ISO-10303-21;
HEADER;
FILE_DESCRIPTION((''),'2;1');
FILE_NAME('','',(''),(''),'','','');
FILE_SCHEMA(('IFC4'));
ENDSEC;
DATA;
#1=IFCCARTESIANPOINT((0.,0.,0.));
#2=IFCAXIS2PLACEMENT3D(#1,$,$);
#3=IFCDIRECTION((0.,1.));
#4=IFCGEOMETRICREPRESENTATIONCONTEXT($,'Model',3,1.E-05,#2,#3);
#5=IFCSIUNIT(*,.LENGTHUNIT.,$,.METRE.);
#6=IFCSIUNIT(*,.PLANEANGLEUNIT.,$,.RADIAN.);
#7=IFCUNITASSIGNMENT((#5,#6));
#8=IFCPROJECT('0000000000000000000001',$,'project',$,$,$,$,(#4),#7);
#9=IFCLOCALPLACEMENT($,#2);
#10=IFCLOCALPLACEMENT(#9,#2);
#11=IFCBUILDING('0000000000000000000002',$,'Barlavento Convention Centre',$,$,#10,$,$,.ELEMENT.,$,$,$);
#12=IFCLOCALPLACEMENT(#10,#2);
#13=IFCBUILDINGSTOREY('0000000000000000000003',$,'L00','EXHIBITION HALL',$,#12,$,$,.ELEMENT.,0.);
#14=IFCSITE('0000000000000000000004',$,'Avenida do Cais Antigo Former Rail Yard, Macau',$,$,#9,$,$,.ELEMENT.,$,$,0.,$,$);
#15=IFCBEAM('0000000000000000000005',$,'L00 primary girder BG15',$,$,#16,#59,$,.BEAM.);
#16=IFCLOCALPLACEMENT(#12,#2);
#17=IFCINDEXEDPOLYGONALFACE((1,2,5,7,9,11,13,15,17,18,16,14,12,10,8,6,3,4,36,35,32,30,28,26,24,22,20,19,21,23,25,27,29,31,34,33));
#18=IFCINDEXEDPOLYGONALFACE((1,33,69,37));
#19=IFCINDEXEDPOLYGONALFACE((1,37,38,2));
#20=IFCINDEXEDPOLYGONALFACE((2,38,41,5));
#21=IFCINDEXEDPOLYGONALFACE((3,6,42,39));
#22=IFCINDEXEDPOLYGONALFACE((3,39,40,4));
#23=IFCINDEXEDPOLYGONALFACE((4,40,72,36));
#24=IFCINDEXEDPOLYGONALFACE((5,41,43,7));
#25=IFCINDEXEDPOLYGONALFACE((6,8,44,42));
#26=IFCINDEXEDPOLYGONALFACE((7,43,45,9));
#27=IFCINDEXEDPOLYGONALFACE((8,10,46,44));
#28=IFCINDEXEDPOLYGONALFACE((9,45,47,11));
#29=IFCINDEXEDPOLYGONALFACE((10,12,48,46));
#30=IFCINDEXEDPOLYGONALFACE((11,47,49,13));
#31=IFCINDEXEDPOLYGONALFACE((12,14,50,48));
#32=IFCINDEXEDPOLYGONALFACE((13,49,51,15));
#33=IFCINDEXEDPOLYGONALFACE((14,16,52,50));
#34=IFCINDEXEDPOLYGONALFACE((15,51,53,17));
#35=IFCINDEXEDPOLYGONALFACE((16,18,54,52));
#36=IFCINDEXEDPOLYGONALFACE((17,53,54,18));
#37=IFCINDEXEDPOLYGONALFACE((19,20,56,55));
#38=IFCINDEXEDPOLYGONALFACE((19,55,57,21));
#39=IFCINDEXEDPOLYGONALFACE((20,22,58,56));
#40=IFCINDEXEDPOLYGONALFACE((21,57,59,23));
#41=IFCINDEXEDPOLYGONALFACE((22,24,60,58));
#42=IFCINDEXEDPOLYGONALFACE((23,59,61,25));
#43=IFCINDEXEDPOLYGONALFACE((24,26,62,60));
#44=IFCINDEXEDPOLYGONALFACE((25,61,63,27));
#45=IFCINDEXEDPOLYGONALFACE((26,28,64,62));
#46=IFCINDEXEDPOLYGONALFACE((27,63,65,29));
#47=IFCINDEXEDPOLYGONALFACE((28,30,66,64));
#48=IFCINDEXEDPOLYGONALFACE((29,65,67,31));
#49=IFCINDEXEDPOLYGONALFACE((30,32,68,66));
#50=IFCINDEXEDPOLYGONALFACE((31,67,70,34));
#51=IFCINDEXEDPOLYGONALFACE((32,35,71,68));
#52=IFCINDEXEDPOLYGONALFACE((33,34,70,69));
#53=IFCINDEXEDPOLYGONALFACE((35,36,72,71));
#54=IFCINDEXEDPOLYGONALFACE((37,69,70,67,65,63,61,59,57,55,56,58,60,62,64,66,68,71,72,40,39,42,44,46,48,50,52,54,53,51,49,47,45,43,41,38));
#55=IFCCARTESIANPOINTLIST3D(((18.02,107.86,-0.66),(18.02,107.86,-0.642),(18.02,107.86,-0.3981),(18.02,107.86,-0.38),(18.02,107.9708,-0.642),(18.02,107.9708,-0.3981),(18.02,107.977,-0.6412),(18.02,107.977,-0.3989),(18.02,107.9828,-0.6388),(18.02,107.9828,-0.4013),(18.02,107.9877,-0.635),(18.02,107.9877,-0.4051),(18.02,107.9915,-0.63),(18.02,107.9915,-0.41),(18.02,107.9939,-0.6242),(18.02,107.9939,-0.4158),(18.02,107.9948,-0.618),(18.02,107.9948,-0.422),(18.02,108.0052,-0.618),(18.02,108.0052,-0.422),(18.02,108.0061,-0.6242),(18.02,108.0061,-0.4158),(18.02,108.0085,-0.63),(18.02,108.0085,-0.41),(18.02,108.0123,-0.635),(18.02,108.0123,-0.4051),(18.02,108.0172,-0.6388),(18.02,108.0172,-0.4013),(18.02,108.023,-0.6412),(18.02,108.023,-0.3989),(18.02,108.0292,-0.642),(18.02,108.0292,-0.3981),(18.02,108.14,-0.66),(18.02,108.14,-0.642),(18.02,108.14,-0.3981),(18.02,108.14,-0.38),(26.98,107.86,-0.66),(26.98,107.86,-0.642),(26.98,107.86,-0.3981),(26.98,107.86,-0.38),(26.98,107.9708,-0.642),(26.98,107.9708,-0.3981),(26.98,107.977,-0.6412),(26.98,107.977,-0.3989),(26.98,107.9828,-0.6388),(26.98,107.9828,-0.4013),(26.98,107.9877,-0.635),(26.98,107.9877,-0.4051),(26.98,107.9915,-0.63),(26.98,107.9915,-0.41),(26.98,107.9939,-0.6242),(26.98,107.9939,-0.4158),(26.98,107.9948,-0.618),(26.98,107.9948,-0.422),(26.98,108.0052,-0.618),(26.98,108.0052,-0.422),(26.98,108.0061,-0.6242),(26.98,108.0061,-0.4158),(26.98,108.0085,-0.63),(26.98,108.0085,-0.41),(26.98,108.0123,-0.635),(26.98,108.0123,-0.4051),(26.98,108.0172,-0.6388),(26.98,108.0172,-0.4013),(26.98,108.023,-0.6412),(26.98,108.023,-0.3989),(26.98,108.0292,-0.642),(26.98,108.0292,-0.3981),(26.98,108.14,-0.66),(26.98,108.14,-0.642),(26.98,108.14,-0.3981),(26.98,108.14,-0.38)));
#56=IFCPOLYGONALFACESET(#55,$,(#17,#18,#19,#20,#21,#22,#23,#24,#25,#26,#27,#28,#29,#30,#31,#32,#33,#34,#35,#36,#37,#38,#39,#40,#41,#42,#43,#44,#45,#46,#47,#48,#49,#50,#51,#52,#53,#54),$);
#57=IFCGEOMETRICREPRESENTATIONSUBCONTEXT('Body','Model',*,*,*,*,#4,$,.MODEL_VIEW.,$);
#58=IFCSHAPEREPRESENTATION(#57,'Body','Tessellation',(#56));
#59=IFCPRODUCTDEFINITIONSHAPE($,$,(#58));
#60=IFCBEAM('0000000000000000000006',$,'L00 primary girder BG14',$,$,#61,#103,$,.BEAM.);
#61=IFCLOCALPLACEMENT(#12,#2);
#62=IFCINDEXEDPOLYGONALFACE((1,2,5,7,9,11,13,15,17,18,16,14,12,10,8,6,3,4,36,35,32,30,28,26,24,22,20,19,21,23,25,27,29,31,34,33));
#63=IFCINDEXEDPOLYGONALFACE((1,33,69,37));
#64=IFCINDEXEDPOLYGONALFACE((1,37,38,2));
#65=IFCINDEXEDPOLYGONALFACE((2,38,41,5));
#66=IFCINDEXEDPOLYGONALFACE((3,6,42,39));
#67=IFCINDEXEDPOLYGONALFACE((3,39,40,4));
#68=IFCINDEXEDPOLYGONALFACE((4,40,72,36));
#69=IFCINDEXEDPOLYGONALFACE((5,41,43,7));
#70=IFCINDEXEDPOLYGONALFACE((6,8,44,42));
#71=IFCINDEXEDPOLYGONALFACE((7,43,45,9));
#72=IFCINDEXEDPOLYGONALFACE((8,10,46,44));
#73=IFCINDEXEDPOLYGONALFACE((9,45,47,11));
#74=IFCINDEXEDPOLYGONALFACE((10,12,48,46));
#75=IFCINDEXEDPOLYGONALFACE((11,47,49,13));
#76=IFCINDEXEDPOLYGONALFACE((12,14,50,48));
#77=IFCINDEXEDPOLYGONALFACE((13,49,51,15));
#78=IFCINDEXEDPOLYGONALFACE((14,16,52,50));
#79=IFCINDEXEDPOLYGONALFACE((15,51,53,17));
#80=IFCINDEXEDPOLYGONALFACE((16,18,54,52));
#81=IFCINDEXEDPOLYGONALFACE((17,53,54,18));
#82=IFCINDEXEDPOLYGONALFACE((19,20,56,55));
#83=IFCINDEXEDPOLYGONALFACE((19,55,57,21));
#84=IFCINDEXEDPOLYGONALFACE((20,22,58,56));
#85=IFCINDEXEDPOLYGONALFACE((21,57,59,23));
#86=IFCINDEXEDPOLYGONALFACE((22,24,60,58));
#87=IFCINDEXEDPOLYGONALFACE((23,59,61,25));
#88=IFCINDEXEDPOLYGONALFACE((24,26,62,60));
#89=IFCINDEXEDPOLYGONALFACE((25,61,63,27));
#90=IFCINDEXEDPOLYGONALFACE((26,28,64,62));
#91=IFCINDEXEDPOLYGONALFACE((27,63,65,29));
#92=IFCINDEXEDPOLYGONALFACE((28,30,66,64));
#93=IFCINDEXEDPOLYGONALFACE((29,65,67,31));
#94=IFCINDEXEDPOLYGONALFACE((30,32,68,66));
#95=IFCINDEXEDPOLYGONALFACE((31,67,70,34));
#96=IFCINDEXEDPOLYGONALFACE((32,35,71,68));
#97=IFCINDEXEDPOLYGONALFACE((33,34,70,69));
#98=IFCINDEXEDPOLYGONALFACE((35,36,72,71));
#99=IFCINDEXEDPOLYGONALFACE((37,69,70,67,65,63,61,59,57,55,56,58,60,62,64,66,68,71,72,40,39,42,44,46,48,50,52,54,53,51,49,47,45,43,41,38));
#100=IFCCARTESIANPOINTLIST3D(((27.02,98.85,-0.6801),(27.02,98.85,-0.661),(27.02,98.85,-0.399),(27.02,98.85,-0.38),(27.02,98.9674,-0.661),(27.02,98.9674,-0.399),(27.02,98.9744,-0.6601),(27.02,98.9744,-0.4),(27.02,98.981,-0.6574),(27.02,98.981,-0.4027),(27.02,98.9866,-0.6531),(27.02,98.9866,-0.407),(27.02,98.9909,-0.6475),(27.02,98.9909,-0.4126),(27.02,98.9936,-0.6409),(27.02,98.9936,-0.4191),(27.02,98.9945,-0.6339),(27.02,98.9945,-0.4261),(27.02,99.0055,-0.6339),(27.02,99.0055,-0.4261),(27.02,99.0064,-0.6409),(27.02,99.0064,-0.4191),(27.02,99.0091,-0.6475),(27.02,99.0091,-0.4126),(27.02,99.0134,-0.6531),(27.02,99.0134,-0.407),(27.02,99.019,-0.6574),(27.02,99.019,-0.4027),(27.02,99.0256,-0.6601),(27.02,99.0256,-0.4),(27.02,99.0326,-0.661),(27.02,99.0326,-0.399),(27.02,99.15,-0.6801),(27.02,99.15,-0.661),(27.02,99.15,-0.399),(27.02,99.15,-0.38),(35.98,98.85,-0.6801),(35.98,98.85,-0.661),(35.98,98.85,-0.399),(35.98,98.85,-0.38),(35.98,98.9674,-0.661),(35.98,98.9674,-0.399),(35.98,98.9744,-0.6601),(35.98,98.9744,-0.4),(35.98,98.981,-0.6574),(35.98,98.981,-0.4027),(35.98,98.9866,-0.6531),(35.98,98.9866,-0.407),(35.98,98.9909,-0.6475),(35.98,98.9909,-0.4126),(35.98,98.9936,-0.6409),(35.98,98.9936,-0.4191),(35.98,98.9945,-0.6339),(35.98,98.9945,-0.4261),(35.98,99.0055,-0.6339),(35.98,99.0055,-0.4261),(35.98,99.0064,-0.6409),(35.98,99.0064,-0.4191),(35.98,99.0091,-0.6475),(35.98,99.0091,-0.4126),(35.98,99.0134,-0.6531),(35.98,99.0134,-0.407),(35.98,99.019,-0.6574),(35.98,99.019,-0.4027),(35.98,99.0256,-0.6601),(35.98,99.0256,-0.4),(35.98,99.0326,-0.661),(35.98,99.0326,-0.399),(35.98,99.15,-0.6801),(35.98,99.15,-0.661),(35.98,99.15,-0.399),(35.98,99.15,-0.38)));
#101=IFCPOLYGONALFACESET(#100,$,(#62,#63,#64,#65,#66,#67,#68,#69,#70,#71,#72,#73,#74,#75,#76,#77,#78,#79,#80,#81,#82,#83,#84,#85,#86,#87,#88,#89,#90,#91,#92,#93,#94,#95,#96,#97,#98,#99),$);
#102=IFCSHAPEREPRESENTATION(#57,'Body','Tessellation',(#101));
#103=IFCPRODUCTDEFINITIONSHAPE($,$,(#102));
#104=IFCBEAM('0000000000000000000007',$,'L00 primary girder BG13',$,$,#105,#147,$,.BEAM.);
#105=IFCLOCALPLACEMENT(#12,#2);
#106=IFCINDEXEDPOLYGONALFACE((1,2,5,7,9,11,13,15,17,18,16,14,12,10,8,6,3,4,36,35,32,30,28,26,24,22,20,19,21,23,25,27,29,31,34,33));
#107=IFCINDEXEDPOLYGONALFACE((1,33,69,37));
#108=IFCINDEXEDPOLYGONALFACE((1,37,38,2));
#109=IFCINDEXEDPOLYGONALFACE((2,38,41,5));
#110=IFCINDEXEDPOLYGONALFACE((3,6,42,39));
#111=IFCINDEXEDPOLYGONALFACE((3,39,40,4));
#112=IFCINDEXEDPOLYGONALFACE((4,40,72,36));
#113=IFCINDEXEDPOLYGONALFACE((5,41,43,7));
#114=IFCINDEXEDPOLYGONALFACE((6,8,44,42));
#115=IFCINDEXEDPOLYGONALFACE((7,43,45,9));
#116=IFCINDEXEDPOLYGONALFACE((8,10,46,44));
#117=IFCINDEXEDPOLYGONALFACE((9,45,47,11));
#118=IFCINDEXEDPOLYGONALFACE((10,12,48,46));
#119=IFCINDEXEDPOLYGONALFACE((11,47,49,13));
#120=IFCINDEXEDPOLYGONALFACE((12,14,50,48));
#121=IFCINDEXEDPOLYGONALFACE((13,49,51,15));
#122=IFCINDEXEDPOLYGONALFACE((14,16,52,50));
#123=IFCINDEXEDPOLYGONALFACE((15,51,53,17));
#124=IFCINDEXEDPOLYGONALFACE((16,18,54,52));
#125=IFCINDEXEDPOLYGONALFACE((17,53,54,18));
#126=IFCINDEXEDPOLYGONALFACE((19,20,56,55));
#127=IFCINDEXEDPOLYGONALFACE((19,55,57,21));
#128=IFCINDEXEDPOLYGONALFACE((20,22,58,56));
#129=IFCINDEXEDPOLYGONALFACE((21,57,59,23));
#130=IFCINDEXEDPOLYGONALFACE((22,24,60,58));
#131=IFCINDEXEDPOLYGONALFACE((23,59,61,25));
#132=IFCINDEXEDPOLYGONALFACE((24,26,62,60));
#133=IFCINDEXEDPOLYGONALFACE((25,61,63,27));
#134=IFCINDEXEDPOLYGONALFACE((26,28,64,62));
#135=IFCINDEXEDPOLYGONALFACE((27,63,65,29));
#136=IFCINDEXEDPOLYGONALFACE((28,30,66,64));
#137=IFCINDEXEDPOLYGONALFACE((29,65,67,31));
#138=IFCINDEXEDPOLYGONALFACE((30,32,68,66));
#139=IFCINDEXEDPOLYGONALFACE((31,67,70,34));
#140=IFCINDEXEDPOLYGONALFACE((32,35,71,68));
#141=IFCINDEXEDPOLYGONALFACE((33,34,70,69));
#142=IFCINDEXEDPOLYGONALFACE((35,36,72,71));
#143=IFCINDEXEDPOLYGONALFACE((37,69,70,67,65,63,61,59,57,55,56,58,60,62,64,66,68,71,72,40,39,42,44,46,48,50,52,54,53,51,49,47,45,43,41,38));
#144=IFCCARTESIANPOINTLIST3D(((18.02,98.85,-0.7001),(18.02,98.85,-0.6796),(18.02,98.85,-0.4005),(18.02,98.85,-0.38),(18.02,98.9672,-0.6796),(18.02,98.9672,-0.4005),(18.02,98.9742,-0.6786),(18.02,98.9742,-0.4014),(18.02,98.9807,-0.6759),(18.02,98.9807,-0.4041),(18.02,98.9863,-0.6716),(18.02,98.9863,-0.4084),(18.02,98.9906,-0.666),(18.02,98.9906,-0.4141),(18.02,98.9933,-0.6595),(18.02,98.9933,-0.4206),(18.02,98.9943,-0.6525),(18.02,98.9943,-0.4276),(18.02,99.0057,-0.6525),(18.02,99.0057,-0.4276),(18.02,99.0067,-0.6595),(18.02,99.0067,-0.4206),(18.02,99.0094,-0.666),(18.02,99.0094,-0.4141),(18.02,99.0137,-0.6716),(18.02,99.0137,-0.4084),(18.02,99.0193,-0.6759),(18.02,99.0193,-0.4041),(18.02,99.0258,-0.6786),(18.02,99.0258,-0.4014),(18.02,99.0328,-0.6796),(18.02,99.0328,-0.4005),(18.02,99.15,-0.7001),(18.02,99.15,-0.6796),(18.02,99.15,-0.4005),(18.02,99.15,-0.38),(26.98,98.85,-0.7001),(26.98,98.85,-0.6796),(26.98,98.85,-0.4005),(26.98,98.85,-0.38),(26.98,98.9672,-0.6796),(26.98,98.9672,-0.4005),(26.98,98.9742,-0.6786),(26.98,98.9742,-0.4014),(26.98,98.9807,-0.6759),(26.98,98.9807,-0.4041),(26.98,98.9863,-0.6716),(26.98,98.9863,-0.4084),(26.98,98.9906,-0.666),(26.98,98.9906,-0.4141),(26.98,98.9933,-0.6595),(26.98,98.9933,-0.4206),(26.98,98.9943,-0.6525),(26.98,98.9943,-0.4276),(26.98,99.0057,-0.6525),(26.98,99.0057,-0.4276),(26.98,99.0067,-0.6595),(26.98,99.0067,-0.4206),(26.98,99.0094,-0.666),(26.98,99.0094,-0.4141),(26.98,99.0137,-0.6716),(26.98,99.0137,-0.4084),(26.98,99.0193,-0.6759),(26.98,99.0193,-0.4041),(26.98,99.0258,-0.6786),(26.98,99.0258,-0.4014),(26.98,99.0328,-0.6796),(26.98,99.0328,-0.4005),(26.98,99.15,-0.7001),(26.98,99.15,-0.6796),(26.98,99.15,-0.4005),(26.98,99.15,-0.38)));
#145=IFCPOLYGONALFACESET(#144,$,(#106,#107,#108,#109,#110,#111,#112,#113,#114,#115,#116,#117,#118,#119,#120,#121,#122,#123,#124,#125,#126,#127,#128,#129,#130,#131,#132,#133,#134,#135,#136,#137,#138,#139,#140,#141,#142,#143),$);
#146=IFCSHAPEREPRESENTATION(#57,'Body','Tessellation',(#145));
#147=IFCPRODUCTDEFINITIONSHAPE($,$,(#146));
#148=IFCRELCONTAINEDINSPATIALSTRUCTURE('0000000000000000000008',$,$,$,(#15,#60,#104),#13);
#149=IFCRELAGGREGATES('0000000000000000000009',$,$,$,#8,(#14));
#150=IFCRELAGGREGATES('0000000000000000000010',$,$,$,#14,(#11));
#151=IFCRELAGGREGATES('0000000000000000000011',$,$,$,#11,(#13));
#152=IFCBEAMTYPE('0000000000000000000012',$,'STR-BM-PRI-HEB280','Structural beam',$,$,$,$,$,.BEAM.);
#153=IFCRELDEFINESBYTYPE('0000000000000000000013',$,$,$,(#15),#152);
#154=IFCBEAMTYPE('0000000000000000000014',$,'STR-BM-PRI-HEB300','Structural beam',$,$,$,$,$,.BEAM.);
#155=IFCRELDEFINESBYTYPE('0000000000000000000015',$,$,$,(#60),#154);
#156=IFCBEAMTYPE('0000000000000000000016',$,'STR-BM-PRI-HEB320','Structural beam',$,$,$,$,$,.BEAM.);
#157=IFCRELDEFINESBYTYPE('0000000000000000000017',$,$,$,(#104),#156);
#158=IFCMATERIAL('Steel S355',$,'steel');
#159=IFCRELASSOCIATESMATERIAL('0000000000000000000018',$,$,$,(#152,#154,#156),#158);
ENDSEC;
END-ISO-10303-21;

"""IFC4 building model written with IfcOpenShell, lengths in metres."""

from ifc_helpers import new_model, si_unit, direction, frame, origin, origin_2d, place, context, subcontext, project, spatial, i_section, extrude, material, material_profile, profile_set, type_object, element, save


model = new_model("IFC4")

# Units and contexts
model_context = context("Model", 3, precision=1e-05, world=origin(), true_north=direction((0.0, 1.0)))
body_context = subcontext(model_context, "Body", "Model", "MODEL_VIEW")
ifc_project = project(units=[si_unit("LENGTHUNIT", "METRE"), si_unit("PLANEANGLEUNIT", "RADIAN")], contexts=[model_context])

# Site, building, storey
site_placement = place(None, origin())
site = spatial("IfcSite", under=ifc_project, at=site_placement, Name="Avenida do Cais Antigo Former Rail Yard, Macau", CompositionType="ELEMENT", RefElevation=0.0)
building_placement = place(site_placement, origin())
building = spatial("IfcBuilding", under=site, at=building_placement, Name="Barlavento Convention Centre", CompositionType="ELEMENT")
storey_placement = place(building_placement, origin())
storey = spatial("IfcBuildingStorey", under=building, at=storey_placement, Name="L00", Description="EXHIBITION HALL", CompositionType="ELEMENT", Elevation=0.0)

# Beams
ifc_material_1 = material(Name="Steel S355", Category="steel")
ifc_material_profile_1 = material_profile(ifc_material_1, i_section(OverallWidth=0.28, OverallDepth=0.28, WebThickness=0.0105, FlangeThickness=0.0181, FilletRadius=0.0239, at=origin_2d()), Name="HEB 280")
ifc_profile_set_1 = profile_set([ifc_material_profile_1], Name="Steel S355")
beam_type_1 = type_object("IfcBeamType", Name="STR-BM-PRI-HEB280", Description="Structural beam", PredefinedType="BEAM", material=ifc_profile_set_1)
for number, where, z_axis, x_axis, name in (
    (1, (18.02, 108.0, -0.52), (1.0, 0.0, 0.0), (0.0, 1.0, 0.0), "L00 primary girder BG15"),
):
    element("IfcBeam", number, at=place(storey_placement, frame(where, z_axis=z_axis, x_axis=x_axis)), inside=storey, type_object=beam_type_1, Name=name, PredefinedType="BEAM", context=body_context, shape_type="SweptSolid", body=[
        extrude(i_section(OverallWidth=0.28, OverallDepth=0.28, WebThickness=0.0105, FlangeThickness=0.0181, FilletRadius=0.0239, at=origin_2d()), origin(), (0.0, 0.0, 1.0), 8.96),
    ])
ifc_material_profile_2 = material_profile(ifc_material_1, i_section(OverallWidth=0.3, OverallDepth=0.3, WebThickness=0.011, FlangeThickness=0.019, FilletRadius=0.0271, at=origin_2d()), Name="HEB 300")
ifc_profile_set_2 = profile_set([ifc_material_profile_2], Name="Steel S355")
beam_type_2 = type_object("IfcBeamType", Name="STR-BM-PRI-HEB300", Description="Structural beam", PredefinedType="BEAM", material=ifc_profile_set_2)
beam_1_placement = place(storey_placement, frame((27.02, 99.0, -0.53), z_axis=(1.0, 0.0, 0.0), x_axis=(0.0, 1.0, 0.0)))
element("IfcBeam", 2, at=beam_1_placement, inside=storey, type_object=beam_type_2, Name="L00 primary girder BG14", PredefinedType="BEAM", context=body_context, shape_type="SweptSolid", body=[
    extrude(i_section(OverallWidth=0.3, OverallDepth=0.3, WebThickness=0.011, FlangeThickness=0.019, FilletRadius=0.0271, at=origin_2d()), origin(), (0.0, 0.0, 1.0), 8.96),
])
ifc_material_profile_3 = material_profile(ifc_material_1, i_section(OverallWidth=0.3, OverallDepth=0.3201, WebThickness=0.0115, FlangeThickness=0.0205, FilletRadius=0.0271, at=origin_2d()), Name="HEB 320")
ifc_profile_set_3 = profile_set([ifc_material_profile_3], Name="Steel S355")
beam_type_3 = type_object("IfcBeamType", Name="STR-BM-PRI-HEB320", Description="Structural beam", PredefinedType="BEAM", material=ifc_profile_set_3)
beam_2_placement = place(storey_placement, frame((18.02, 99.0, -0.54), z_axis=(1.0, 0.0, 0.0), x_axis=(0.0, 1.0, 0.0)))
element("IfcBeam", 3, at=beam_2_placement, inside=storey, type_object=beam_type_3, Name="L00 primary girder BG13", PredefinedType="BEAM", context=body_context, shape_type="SweptSolid", body=[
    extrude(i_section(OverallWidth=0.3, OverallDepth=0.3201, WebThickness=0.0115, FlangeThickness=0.0205, FilletRadius=0.0271, at=origin_2d()), origin(), (0.0, 0.0, 1.0), 8.96),
])

save(model, "model.ifc")
